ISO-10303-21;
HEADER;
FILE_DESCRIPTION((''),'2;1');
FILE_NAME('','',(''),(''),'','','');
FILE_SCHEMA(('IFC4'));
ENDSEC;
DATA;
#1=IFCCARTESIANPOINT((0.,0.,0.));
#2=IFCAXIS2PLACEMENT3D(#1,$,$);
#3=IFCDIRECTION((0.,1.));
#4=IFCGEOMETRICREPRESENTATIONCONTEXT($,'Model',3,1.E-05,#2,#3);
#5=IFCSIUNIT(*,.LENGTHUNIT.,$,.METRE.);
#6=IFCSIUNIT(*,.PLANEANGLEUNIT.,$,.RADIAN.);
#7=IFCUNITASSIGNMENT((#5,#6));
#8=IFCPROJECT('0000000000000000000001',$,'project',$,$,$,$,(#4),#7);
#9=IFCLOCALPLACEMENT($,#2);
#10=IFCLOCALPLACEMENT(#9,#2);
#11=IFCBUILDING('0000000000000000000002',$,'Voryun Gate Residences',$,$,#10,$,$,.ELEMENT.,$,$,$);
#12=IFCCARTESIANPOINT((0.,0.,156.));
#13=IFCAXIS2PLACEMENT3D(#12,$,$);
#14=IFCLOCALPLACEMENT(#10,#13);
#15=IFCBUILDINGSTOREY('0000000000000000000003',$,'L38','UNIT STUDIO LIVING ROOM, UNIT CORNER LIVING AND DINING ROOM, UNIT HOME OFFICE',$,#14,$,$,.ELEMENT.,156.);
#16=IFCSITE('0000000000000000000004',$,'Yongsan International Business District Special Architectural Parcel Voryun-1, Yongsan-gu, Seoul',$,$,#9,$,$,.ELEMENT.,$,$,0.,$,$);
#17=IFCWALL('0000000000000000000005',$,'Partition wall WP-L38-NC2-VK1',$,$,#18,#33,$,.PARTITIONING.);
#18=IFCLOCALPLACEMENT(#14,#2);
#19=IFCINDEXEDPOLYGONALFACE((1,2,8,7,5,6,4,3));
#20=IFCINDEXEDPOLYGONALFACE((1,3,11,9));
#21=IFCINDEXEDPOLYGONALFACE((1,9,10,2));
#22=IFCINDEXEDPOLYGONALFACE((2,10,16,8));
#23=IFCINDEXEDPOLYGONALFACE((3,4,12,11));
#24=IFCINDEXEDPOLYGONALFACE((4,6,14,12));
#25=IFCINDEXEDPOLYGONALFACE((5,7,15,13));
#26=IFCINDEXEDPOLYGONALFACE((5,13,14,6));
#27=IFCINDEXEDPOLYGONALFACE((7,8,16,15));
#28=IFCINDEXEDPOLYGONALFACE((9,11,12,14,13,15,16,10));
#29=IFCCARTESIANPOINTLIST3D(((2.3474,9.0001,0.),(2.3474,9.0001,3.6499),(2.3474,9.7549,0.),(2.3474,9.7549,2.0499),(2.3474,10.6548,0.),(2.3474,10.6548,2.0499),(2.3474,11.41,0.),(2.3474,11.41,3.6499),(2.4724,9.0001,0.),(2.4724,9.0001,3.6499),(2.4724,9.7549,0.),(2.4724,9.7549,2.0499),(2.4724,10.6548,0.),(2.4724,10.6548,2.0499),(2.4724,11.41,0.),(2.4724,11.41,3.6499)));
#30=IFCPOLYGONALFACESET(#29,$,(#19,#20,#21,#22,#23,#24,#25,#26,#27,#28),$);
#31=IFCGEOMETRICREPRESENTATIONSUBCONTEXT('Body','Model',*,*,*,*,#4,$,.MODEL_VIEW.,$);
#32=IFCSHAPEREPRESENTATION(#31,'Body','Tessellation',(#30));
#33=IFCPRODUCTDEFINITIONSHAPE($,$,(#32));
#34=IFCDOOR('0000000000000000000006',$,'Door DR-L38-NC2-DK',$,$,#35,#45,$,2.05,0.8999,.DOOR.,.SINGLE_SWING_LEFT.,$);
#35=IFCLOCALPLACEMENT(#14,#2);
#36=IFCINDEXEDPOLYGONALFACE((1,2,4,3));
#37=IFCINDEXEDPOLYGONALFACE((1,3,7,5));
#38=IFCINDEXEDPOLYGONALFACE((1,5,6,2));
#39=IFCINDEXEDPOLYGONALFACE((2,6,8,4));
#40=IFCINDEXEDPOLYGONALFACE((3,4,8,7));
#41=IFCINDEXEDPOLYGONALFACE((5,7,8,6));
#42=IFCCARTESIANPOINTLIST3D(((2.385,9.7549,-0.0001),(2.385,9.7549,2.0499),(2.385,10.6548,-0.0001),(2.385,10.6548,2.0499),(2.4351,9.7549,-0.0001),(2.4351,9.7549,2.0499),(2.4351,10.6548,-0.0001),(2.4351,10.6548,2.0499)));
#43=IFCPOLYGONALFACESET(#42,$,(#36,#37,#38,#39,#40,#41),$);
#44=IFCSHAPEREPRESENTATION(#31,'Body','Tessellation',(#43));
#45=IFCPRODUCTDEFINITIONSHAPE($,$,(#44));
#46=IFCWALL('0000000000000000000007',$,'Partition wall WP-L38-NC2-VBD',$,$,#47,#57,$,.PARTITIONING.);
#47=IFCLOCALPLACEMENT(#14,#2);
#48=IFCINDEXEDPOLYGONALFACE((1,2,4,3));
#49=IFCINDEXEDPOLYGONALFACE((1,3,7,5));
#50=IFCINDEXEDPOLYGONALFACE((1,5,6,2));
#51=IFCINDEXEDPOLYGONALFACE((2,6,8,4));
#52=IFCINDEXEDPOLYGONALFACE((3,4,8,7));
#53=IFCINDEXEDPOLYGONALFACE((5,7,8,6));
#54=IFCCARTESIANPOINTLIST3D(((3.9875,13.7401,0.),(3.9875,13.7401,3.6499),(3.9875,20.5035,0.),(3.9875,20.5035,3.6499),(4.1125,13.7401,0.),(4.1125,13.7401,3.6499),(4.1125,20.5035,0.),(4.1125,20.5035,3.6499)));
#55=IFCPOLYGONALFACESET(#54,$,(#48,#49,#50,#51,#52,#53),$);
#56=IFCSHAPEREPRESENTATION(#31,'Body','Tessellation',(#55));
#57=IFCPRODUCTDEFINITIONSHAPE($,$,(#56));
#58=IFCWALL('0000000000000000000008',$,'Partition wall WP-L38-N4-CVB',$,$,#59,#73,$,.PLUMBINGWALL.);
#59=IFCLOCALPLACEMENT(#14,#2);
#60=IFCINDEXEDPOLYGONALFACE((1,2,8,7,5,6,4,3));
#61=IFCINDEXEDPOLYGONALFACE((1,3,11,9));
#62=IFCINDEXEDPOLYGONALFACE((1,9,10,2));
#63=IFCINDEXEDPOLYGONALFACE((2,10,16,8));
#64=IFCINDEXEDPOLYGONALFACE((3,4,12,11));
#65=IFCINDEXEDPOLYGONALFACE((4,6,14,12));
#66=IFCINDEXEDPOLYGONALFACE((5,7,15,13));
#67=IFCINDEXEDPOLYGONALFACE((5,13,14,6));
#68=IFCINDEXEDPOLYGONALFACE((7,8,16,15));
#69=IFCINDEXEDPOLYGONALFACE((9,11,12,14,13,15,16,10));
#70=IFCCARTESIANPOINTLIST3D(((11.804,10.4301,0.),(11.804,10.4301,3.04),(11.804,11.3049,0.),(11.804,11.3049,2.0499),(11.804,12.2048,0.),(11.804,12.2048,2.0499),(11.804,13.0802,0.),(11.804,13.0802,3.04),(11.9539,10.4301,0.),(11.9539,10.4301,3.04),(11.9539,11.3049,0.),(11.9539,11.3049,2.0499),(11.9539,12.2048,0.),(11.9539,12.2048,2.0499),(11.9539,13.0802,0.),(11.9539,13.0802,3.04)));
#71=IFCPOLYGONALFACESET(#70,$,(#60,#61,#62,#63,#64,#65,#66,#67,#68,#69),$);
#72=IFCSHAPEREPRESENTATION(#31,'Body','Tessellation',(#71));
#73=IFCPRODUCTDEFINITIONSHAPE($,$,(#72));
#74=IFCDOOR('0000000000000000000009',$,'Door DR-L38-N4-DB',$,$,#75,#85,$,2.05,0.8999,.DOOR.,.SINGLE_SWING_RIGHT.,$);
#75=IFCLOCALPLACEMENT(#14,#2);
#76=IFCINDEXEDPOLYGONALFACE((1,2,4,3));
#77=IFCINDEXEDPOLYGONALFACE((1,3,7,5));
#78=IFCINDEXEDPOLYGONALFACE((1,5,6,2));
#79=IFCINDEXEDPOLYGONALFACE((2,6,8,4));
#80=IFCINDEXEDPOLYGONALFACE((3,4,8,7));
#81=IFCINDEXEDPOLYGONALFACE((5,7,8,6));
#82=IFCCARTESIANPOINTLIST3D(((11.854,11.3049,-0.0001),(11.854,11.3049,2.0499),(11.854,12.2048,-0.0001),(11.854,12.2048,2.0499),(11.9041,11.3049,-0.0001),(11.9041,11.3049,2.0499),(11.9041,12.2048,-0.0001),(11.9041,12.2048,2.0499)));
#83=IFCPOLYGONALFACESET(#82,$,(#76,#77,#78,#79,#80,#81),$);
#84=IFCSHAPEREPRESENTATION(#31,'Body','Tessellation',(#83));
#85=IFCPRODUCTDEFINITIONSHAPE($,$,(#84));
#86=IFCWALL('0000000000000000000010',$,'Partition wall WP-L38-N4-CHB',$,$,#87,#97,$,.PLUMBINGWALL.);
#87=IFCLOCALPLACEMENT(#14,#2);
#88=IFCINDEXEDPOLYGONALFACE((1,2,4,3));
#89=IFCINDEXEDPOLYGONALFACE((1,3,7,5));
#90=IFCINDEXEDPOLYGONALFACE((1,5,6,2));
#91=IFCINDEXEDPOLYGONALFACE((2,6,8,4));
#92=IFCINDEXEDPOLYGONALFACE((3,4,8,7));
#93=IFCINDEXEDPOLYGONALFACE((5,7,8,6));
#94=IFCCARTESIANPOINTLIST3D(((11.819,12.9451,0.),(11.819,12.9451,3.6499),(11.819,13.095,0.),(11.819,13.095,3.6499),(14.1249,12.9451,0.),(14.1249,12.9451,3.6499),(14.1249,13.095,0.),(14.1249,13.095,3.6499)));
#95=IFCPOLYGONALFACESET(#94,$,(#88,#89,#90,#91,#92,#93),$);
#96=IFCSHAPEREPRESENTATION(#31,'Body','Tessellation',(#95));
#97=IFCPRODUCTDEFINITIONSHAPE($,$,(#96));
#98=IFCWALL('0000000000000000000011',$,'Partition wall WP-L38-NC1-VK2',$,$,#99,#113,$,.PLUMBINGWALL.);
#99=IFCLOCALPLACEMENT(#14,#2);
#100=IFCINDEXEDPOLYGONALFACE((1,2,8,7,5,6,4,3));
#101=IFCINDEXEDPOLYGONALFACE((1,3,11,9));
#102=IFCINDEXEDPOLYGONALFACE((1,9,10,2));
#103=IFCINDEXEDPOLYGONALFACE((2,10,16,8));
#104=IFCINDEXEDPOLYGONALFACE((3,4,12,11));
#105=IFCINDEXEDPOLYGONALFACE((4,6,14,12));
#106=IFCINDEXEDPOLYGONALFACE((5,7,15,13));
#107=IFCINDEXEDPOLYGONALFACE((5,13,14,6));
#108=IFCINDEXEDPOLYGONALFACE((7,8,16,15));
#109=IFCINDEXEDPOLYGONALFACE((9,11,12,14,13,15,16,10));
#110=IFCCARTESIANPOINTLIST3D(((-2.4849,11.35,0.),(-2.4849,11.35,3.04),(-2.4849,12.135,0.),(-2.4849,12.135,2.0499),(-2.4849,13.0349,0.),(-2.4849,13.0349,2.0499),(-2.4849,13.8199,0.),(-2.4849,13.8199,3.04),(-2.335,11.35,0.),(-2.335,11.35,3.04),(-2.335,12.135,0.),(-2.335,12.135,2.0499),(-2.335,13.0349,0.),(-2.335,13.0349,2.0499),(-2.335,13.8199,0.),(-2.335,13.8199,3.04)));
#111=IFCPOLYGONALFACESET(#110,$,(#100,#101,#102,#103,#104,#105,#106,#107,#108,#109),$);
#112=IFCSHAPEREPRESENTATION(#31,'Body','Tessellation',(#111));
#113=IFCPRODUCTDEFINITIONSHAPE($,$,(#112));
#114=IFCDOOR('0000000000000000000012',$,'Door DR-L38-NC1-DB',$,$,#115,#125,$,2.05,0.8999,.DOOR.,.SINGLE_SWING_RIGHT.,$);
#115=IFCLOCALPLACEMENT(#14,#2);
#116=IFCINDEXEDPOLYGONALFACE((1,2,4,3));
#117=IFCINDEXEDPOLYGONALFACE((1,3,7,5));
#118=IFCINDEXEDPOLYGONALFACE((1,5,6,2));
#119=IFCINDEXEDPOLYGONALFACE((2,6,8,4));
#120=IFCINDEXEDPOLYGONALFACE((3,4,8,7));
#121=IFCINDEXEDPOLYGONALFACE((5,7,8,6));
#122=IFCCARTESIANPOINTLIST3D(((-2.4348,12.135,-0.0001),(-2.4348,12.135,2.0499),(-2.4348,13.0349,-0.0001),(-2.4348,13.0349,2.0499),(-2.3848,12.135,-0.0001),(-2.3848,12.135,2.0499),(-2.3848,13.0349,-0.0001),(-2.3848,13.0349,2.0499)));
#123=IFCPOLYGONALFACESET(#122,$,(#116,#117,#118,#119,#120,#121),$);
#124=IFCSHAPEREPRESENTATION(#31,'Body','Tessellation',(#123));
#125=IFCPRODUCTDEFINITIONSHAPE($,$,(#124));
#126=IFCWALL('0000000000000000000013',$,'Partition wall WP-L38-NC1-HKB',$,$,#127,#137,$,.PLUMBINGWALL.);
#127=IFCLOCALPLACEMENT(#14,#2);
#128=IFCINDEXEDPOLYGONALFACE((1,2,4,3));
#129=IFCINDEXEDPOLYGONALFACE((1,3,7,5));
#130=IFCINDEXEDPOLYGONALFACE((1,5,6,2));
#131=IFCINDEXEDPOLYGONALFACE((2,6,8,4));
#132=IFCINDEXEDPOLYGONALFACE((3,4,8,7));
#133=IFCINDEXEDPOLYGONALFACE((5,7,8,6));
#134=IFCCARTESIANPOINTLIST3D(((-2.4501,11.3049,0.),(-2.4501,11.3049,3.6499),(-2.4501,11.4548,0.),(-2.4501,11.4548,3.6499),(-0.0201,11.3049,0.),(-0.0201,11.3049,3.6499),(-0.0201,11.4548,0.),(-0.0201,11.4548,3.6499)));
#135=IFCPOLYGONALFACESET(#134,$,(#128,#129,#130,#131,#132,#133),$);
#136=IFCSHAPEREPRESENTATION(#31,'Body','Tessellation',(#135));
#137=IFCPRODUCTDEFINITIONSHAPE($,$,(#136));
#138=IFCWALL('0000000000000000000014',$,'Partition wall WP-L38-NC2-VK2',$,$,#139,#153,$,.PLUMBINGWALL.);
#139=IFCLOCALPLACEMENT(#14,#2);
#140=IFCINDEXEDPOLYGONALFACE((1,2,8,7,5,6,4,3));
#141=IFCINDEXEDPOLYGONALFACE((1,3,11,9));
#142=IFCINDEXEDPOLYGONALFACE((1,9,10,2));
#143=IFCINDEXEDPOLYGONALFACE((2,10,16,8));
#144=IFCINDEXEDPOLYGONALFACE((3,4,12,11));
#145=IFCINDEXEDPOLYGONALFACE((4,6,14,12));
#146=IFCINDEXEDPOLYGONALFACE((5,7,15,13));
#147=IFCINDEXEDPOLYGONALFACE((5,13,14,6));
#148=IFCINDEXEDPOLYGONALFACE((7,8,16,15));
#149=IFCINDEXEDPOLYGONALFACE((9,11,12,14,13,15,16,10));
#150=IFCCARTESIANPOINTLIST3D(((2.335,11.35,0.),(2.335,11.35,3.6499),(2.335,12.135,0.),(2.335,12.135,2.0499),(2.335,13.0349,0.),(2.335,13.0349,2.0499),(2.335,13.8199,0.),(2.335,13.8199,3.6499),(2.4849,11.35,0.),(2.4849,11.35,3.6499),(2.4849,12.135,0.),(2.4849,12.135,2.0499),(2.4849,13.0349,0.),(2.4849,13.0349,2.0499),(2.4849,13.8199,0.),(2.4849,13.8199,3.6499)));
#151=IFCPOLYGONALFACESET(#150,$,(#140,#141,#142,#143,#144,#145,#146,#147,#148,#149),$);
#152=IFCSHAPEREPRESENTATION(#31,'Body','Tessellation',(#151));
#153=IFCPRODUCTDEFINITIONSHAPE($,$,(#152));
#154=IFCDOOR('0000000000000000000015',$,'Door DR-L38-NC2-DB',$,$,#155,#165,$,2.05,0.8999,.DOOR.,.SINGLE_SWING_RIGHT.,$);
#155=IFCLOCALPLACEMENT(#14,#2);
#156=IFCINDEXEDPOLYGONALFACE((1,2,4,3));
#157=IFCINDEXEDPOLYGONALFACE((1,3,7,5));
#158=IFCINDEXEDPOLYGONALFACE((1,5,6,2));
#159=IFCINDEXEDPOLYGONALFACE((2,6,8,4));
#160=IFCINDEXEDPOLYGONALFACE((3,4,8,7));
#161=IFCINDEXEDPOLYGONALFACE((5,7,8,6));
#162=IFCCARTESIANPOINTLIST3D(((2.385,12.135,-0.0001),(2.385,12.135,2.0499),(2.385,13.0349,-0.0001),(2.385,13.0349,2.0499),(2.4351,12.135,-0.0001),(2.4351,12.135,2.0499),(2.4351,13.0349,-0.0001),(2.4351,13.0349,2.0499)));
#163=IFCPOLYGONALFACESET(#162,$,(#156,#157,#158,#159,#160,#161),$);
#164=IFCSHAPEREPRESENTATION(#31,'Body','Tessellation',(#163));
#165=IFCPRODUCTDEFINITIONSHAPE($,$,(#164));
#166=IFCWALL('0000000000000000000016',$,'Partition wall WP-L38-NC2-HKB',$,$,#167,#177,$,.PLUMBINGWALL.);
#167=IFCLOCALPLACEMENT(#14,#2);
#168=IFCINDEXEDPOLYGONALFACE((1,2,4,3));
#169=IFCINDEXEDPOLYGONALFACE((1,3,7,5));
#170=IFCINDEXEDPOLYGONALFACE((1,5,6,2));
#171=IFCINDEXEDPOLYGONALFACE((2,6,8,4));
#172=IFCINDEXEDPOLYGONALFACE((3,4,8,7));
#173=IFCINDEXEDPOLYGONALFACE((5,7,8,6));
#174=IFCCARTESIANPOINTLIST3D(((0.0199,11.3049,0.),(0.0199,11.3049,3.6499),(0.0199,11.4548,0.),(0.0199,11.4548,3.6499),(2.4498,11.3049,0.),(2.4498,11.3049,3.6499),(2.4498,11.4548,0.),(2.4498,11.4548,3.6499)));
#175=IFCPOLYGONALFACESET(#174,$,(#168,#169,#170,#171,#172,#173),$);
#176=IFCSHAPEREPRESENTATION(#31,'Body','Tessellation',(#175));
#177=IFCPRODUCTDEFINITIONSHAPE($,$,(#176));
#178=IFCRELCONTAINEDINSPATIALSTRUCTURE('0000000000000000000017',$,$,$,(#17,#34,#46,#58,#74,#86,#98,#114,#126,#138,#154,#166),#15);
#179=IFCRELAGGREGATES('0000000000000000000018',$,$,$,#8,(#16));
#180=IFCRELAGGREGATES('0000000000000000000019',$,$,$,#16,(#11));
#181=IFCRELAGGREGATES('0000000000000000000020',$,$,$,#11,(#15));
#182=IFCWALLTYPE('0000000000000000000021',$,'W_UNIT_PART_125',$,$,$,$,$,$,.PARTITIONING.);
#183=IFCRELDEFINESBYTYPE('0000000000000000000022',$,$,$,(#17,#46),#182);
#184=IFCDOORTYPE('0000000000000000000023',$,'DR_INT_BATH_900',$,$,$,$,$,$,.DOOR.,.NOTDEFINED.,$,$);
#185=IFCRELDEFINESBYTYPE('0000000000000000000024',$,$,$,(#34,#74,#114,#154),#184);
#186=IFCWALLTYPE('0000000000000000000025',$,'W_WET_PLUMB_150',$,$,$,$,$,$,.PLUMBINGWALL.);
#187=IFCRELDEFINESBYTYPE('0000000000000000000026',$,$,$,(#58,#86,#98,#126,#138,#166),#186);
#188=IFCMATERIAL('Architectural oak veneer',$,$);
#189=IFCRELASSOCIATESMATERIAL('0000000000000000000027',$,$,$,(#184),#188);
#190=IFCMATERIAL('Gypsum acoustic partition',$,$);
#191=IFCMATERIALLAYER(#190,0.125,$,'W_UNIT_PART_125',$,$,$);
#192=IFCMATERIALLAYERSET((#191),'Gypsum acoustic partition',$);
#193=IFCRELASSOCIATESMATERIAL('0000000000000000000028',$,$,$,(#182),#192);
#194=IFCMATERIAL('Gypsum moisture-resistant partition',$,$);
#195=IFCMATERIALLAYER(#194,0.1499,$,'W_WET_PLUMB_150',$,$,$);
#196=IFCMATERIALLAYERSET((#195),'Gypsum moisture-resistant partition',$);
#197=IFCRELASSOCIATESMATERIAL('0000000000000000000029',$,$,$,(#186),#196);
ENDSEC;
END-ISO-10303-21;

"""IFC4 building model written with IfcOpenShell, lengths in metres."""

from ifc_helpers import new_model, si_unit, direction, frame, frame_2d, origin, place, context, subcontext, project, spatial, rectangle, extrude, material, layer, layer_set, type_object, element, fill, save


model = new_model("IFC4")

# Units and contexts
model_context = context("Model", 3, precision=1e-05, world=origin(), true_north=direction((0.0, 1.0)))
body_context = subcontext(model_context, "Body", "Model", "MODEL_VIEW")
ifc_project = project(units=[si_unit("LENGTHUNIT", "METRE"), si_unit("PLANEANGLEUNIT", "RADIAN")], contexts=[model_context])

# Site, building, storey
site_placement = place(None, origin())
site = spatial("IfcSite", under=ifc_project, at=site_placement, Name="Yongsan International Business District Special Architectural Parcel Voryun-1, Yongsan-gu, Seoul", CompositionType="ELEMENT", RefElevation=0.0)
building_placement = place(site_placement, origin())
building = spatial("IfcBuilding", under=site, at=building_placement, Name="Voryun Gate Residences", CompositionType="ELEMENT")
storey_placement = place(building_placement, frame((0.0, 0.0, 156.0)))
storey = spatial("IfcBuildingStorey", under=building, at=storey_placement, Name="L38", Description="UNIT STUDIO LIVING ROOM, UNIT CORNER LIVING AND DINING ROOM, UNIT HOME OFFICE", CompositionType="ELEMENT", Elevation=156.0)

# Shared definitions
ifc_material_1 = material(Name="Architectural oak veneer")
door_type_1 = type_object("IfcDoorType", Name="DR_INT_BATH_900", OperationType="NOTDEFINED", PredefinedType="DOOR", material=ifc_material_1)

# Shared definitions
ifc_material_2 = material(Name="Gypsum acoustic partition")
ifc_layer_1 = layer(ifc_material_2, 0.125, Name="W_UNIT_PART_125")
ifc_layer_set_1 = layer_set([ifc_layer_1], Name="Gypsum acoustic partition")
wall_type_1 = type_object("IfcWallType", Name="W_UNIT_PART_125", PredefinedType="PARTITIONING", material=ifc_layer_set_1)

# Wall, opening, door
wall_1_placement = place(storey_placement, frame((2.4099, 9.0, 0.0), z_axis=(0.0, 0.0, 1.0), x_axis=(0.0, 1.0, 0.0)))
wall_1 = element("IfcWall", 1, at=wall_1_placement, inside=storey, type_object=wall_type_1, Name="Partition wall WP-L38-NC2-VK1", PredefinedType="PARTITIONING", context=body_context, shape_type="SweptSolid", body=[
    extrude(rectangle(XDim=2.4099, YDim=0.125, at=frame_2d((1.2051, 0.0))), origin(), (0.0, 0.0, 1.0), 3.6499),
])
opening_1_placement = place(wall_1_placement, frame((0.7549, 0.0, 0.0)))
opening_1 = element("IfcOpeningElement", 2, at=opening_1_placement, cuts=wall_1, PredefinedType="OPENING", context=body_context, shape_type="SweptSolid", body=[
    extrude(rectangle(XDim=0.8999, YDim=2.05, at=frame_2d((0.45, 1.0249))), frame((0.0, 0.0725, 0.0), z_axis=(0.0, -1.0, 0.0), x_axis=(1.0, 0.0, 0.0)), (0.0, 0.0, 1.0), 0.145),
])
door_1_placement = place(opening_1_placement, origin())
door_1 = element("IfcDoor", 3, at=door_1_placement, inside=storey, type_object=door_type_1, Name="Door DR-L38-NC2-DK", OperationType="SINGLE_SWING_LEFT", OverallHeight=2.05, OverallWidth=0.8999, PredefinedType="DOOR", context=body_context, shape_type="SweptSolid", body=[
    extrude(rectangle(XDim=0.8999, YDim=2.05, at=frame_2d((0.45, 1.0249))), frame((0.0, 0.0249, 0.0), z_axis=(0.0, -1.0, 0.0), x_axis=(1.0, 0.0, 0.0)), (0.0, 0.0, 1.0), 0.05),
])
fill(opening_1, door_1)

# Wall
wall_2_placement = place(storey_placement, frame((4.05, 13.74, 0.0), z_axis=(0.0, 0.0, 1.0), x_axis=(0.0, 1.0, 0.0)))
element("IfcWall", 4, at=wall_2_placement, inside=storey, type_object=wall_type_1, Name="Partition wall WP-L38-NC2-VBD", PredefinedType="PARTITIONING", context=body_context, shape_type="SweptSolid", body=[
    extrude(rectangle(XDim=6.7634, YDim=0.125, at=frame_2d((3.3818, 0.0))), origin(), (0.0, 0.0, 1.0), 3.6499),
])

# Wall, opening, door
ifc_material_3 = material(Name="Gypsum moisture-resistant partition")
ifc_layer_2 = layer(ifc_material_3, 0.1499, Name="W_WET_PLUMB_150")
ifc_layer_set_2 = layer_set([ifc_layer_2], Name="Gypsum moisture-resistant partition")
wall_type_2 = type_object("IfcWallType", Name="W_WET_PLUMB_150", PredefinedType="PLUMBINGWALL", material=ifc_layer_set_2)
wall_3_placement = place(storey_placement, frame((11.8789, 10.4299, 0.0), z_axis=(0.0, 0.0, 1.0), x_axis=(0.0, 1.0, 0.0)))
wall_3 = element("IfcWall", 5, at=wall_3_placement, inside=storey, type_object=wall_type_2, Name="Partition wall WP-L38-N4-CVB", PredefinedType="PLUMBINGWALL", context=body_context, shape_type="SweptSolid", body=[
    extrude(rectangle(XDim=2.6501, YDim=0.1499, at=frame_2d((1.3252, 0.0))), origin(), (0.0, 0.0, 1.0), 3.04),
])
opening_2_placement = place(wall_3_placement, frame((0.875, 0.0, 0.0)))
opening_2 = element("IfcOpeningElement", 6, at=opening_2_placement, cuts=wall_3, PredefinedType="OPENING", context=body_context, shape_type="SweptSolid", body=[
    extrude(rectangle(XDim=0.8999, YDim=2.05, at=frame_2d((0.45, 1.0249))), frame((0.0, 0.085, 0.0), z_axis=(0.0, -1.0, 0.0), x_axis=(1.0, 0.0, 0.0)), (0.0, 0.0, 1.0), 0.1699),
])
door_2_placement = place(opening_2_placement, origin())
door_2 = element("IfcDoor", 7, at=door_2_placement, inside=storey, type_object=door_type_1, Name="Door DR-L38-N4-DB", OperationType="SINGLE_SWING_RIGHT", OverallHeight=2.05, OverallWidth=0.8999, PredefinedType="DOOR", context=body_context, shape_type="SweptSolid", body=[
    extrude(rectangle(XDim=0.8999, YDim=2.05, at=frame_2d((0.45, 1.0249))), frame((0.0, 0.0249, 0.0), z_axis=(0.0, -1.0, 0.0), x_axis=(1.0, 0.0, 0.0)), (0.0, 0.0, 1.0), 0.05),
])
fill(opening_2, door_2)

# Wall
wall_4_placement = place(storey_placement, frame((11.8191, 13.02, 0.0), z_axis=(0.0, 0.0, 1.0), x_axis=(1.0, 0.0, 0.0)))
element("IfcWall", 8, at=wall_4_placement, inside=storey, type_object=wall_type_2, Name="Partition wall WP-L38-N4-CHB", PredefinedType="PLUMBINGWALL", context=body_context, shape_type="SweptSolid", body=[
    extrude(rectangle(XDim=2.3059, YDim=0.1499, at=frame_2d((1.1528, 0.0))), origin(), (0.0, 0.0, 1.0), 3.6499),
])

# Wall, opening, door
wall_5_placement = place(storey_placement, frame((-2.4099, 11.3501, 0.0), z_axis=(0.0, 0.0, 1.0), x_axis=(0.0, 1.0, 0.0)))
wall_5 = element("IfcWall", 9, at=wall_5_placement, inside=storey, type_object=wall_type_2, Name="Partition wall WP-L38-NC1-VK2", PredefinedType="PLUMBINGWALL", context=body_context, shape_type="SweptSolid", body=[
    extrude(rectangle(XDim=2.47, YDim=0.1499, at=frame_2d((1.2349, 0.0))), origin(), (0.0, 0.0, 1.0), 3.04),
])
opening_3_placement = place(wall_5_placement, frame((0.7849, 0.0, 0.0)))
opening_3 = element("IfcOpeningElement", 10, at=opening_3_placement, cuts=wall_5, PredefinedType="OPENING", context=body_context, shape_type="SweptSolid", body=[
    extrude(rectangle(XDim=0.8999, YDim=2.05, at=frame_2d((0.45, 1.0249))), frame((0.0, 0.085, 0.0), z_axis=(0.0, -1.0, 0.0), x_axis=(1.0, 0.0, 0.0)), (0.0, 0.0, 1.0), 0.1699),
])
door_3_placement = place(opening_3_placement, origin())
door_3 = element("IfcDoor", 11, at=door_3_placement, inside=storey, type_object=door_type_1, Name="Door DR-L38-NC1-DB", OperationType="SINGLE_SWING_RIGHT", OverallHeight=2.05, OverallWidth=0.8999, PredefinedType="DOOR", context=body_context, shape_type="SweptSolid", body=[
    extrude(rectangle(XDim=0.8999, YDim=2.05, at=frame_2d((0.45, 1.0249))), frame((0.0, 0.0249, 0.0), z_axis=(0.0, -1.0, 0.0), x_axis=(1.0, 0.0, 0.0)), (0.0, 0.0, 1.0), 0.05),
])
fill(opening_3, door_3)

# Wall
wall_6_placement = place(storey_placement, frame((-2.45, 11.3799, 0.0), z_axis=(0.0, 0.0, 1.0), x_axis=(1.0, 0.0, 0.0)))
element("IfcWall", 12, at=wall_6_placement, inside=storey, type_object=wall_type_2, Name="Partition wall WP-L38-NC1-HKB", PredefinedType="PLUMBINGWALL", context=body_context, shape_type="SweptSolid", body=[
    extrude(rectangle(XDim=2.4299, YDim=0.1499, at=frame_2d((1.2148, 0.0))), origin(), (0.0, 0.0, 1.0), 3.6499),
])

# Wall, opening, door
wall_7_placement = place(storey_placement, frame((2.4099, 11.3501, 0.0), z_axis=(0.0, 0.0, 1.0), x_axis=(0.0, 1.0, 0.0)))
wall_7 = element("IfcWall", 13, at=wall_7_placement, inside=storey, type_object=wall_type_2, Name="Partition wall WP-L38-NC2-VK2", PredefinedType="PLUMBINGWALL", context=body_context, shape_type="SweptSolid", body=[
    extrude(rectangle(XDim=2.47, YDim=0.1499, at=frame_2d((1.2349, 0.0))), origin(), (0.0, 0.0, 1.0), 3.6499),
])
opening_4_placement = place(wall_7_placement, frame((0.7849, 0.0, 0.0)))
opening_4 = element("IfcOpeningElement", 14, at=opening_4_placement, cuts=wall_7, PredefinedType="OPENING", context=body_context, shape_type="SweptSolid", body=[
    extrude(rectangle(XDim=0.8999, YDim=2.05, at=frame_2d((0.45, 1.0249))), frame((0.0, 0.085, 0.0), z_axis=(0.0, -1.0, 0.0), x_axis=(1.0, 0.0, 0.0)), (0.0, 0.0, 1.0), 0.1699),
])
door_4_placement = place(opening_4_placement, origin())
door_4 = element("IfcDoor", 15, at=door_4_placement, inside=storey, type_object=door_type_1, Name="Door DR-L38-NC2-DB", OperationType="SINGLE_SWING_RIGHT", OverallHeight=2.05, OverallWidth=0.8999, PredefinedType="DOOR", context=body_context, shape_type="SweptSolid", body=[
    extrude(rectangle(XDim=0.8999, YDim=2.05, at=frame_2d((0.45, 1.0249))), frame((0.0, 0.0249, 0.0), z_axis=(0.0, -1.0, 0.0), x_axis=(1.0, 0.0, 0.0)), (0.0, 0.0, 1.0), 0.05),
])
fill(opening_4, door_4)

# Wall
wall_8_placement = place(storey_placement, frame((0.02, 11.3799, 0.0), z_axis=(0.0, 0.0, 1.0), x_axis=(1.0, 0.0, 0.0)))
element("IfcWall", 16, at=wall_8_placement, inside=storey, type_object=wall_type_2, Name="Partition wall WP-L38-NC2-HKB", PredefinedType="PLUMBINGWALL", context=body_context, shape_type="SweptSolid", body=[
    extrude(rectangle(XDim=2.4299, YDim=0.1499, at=frame_2d((1.2148, 0.0))), origin(), (0.0, 0.0, 1.0), 3.6499),
])

save(model, "model.ifc")
